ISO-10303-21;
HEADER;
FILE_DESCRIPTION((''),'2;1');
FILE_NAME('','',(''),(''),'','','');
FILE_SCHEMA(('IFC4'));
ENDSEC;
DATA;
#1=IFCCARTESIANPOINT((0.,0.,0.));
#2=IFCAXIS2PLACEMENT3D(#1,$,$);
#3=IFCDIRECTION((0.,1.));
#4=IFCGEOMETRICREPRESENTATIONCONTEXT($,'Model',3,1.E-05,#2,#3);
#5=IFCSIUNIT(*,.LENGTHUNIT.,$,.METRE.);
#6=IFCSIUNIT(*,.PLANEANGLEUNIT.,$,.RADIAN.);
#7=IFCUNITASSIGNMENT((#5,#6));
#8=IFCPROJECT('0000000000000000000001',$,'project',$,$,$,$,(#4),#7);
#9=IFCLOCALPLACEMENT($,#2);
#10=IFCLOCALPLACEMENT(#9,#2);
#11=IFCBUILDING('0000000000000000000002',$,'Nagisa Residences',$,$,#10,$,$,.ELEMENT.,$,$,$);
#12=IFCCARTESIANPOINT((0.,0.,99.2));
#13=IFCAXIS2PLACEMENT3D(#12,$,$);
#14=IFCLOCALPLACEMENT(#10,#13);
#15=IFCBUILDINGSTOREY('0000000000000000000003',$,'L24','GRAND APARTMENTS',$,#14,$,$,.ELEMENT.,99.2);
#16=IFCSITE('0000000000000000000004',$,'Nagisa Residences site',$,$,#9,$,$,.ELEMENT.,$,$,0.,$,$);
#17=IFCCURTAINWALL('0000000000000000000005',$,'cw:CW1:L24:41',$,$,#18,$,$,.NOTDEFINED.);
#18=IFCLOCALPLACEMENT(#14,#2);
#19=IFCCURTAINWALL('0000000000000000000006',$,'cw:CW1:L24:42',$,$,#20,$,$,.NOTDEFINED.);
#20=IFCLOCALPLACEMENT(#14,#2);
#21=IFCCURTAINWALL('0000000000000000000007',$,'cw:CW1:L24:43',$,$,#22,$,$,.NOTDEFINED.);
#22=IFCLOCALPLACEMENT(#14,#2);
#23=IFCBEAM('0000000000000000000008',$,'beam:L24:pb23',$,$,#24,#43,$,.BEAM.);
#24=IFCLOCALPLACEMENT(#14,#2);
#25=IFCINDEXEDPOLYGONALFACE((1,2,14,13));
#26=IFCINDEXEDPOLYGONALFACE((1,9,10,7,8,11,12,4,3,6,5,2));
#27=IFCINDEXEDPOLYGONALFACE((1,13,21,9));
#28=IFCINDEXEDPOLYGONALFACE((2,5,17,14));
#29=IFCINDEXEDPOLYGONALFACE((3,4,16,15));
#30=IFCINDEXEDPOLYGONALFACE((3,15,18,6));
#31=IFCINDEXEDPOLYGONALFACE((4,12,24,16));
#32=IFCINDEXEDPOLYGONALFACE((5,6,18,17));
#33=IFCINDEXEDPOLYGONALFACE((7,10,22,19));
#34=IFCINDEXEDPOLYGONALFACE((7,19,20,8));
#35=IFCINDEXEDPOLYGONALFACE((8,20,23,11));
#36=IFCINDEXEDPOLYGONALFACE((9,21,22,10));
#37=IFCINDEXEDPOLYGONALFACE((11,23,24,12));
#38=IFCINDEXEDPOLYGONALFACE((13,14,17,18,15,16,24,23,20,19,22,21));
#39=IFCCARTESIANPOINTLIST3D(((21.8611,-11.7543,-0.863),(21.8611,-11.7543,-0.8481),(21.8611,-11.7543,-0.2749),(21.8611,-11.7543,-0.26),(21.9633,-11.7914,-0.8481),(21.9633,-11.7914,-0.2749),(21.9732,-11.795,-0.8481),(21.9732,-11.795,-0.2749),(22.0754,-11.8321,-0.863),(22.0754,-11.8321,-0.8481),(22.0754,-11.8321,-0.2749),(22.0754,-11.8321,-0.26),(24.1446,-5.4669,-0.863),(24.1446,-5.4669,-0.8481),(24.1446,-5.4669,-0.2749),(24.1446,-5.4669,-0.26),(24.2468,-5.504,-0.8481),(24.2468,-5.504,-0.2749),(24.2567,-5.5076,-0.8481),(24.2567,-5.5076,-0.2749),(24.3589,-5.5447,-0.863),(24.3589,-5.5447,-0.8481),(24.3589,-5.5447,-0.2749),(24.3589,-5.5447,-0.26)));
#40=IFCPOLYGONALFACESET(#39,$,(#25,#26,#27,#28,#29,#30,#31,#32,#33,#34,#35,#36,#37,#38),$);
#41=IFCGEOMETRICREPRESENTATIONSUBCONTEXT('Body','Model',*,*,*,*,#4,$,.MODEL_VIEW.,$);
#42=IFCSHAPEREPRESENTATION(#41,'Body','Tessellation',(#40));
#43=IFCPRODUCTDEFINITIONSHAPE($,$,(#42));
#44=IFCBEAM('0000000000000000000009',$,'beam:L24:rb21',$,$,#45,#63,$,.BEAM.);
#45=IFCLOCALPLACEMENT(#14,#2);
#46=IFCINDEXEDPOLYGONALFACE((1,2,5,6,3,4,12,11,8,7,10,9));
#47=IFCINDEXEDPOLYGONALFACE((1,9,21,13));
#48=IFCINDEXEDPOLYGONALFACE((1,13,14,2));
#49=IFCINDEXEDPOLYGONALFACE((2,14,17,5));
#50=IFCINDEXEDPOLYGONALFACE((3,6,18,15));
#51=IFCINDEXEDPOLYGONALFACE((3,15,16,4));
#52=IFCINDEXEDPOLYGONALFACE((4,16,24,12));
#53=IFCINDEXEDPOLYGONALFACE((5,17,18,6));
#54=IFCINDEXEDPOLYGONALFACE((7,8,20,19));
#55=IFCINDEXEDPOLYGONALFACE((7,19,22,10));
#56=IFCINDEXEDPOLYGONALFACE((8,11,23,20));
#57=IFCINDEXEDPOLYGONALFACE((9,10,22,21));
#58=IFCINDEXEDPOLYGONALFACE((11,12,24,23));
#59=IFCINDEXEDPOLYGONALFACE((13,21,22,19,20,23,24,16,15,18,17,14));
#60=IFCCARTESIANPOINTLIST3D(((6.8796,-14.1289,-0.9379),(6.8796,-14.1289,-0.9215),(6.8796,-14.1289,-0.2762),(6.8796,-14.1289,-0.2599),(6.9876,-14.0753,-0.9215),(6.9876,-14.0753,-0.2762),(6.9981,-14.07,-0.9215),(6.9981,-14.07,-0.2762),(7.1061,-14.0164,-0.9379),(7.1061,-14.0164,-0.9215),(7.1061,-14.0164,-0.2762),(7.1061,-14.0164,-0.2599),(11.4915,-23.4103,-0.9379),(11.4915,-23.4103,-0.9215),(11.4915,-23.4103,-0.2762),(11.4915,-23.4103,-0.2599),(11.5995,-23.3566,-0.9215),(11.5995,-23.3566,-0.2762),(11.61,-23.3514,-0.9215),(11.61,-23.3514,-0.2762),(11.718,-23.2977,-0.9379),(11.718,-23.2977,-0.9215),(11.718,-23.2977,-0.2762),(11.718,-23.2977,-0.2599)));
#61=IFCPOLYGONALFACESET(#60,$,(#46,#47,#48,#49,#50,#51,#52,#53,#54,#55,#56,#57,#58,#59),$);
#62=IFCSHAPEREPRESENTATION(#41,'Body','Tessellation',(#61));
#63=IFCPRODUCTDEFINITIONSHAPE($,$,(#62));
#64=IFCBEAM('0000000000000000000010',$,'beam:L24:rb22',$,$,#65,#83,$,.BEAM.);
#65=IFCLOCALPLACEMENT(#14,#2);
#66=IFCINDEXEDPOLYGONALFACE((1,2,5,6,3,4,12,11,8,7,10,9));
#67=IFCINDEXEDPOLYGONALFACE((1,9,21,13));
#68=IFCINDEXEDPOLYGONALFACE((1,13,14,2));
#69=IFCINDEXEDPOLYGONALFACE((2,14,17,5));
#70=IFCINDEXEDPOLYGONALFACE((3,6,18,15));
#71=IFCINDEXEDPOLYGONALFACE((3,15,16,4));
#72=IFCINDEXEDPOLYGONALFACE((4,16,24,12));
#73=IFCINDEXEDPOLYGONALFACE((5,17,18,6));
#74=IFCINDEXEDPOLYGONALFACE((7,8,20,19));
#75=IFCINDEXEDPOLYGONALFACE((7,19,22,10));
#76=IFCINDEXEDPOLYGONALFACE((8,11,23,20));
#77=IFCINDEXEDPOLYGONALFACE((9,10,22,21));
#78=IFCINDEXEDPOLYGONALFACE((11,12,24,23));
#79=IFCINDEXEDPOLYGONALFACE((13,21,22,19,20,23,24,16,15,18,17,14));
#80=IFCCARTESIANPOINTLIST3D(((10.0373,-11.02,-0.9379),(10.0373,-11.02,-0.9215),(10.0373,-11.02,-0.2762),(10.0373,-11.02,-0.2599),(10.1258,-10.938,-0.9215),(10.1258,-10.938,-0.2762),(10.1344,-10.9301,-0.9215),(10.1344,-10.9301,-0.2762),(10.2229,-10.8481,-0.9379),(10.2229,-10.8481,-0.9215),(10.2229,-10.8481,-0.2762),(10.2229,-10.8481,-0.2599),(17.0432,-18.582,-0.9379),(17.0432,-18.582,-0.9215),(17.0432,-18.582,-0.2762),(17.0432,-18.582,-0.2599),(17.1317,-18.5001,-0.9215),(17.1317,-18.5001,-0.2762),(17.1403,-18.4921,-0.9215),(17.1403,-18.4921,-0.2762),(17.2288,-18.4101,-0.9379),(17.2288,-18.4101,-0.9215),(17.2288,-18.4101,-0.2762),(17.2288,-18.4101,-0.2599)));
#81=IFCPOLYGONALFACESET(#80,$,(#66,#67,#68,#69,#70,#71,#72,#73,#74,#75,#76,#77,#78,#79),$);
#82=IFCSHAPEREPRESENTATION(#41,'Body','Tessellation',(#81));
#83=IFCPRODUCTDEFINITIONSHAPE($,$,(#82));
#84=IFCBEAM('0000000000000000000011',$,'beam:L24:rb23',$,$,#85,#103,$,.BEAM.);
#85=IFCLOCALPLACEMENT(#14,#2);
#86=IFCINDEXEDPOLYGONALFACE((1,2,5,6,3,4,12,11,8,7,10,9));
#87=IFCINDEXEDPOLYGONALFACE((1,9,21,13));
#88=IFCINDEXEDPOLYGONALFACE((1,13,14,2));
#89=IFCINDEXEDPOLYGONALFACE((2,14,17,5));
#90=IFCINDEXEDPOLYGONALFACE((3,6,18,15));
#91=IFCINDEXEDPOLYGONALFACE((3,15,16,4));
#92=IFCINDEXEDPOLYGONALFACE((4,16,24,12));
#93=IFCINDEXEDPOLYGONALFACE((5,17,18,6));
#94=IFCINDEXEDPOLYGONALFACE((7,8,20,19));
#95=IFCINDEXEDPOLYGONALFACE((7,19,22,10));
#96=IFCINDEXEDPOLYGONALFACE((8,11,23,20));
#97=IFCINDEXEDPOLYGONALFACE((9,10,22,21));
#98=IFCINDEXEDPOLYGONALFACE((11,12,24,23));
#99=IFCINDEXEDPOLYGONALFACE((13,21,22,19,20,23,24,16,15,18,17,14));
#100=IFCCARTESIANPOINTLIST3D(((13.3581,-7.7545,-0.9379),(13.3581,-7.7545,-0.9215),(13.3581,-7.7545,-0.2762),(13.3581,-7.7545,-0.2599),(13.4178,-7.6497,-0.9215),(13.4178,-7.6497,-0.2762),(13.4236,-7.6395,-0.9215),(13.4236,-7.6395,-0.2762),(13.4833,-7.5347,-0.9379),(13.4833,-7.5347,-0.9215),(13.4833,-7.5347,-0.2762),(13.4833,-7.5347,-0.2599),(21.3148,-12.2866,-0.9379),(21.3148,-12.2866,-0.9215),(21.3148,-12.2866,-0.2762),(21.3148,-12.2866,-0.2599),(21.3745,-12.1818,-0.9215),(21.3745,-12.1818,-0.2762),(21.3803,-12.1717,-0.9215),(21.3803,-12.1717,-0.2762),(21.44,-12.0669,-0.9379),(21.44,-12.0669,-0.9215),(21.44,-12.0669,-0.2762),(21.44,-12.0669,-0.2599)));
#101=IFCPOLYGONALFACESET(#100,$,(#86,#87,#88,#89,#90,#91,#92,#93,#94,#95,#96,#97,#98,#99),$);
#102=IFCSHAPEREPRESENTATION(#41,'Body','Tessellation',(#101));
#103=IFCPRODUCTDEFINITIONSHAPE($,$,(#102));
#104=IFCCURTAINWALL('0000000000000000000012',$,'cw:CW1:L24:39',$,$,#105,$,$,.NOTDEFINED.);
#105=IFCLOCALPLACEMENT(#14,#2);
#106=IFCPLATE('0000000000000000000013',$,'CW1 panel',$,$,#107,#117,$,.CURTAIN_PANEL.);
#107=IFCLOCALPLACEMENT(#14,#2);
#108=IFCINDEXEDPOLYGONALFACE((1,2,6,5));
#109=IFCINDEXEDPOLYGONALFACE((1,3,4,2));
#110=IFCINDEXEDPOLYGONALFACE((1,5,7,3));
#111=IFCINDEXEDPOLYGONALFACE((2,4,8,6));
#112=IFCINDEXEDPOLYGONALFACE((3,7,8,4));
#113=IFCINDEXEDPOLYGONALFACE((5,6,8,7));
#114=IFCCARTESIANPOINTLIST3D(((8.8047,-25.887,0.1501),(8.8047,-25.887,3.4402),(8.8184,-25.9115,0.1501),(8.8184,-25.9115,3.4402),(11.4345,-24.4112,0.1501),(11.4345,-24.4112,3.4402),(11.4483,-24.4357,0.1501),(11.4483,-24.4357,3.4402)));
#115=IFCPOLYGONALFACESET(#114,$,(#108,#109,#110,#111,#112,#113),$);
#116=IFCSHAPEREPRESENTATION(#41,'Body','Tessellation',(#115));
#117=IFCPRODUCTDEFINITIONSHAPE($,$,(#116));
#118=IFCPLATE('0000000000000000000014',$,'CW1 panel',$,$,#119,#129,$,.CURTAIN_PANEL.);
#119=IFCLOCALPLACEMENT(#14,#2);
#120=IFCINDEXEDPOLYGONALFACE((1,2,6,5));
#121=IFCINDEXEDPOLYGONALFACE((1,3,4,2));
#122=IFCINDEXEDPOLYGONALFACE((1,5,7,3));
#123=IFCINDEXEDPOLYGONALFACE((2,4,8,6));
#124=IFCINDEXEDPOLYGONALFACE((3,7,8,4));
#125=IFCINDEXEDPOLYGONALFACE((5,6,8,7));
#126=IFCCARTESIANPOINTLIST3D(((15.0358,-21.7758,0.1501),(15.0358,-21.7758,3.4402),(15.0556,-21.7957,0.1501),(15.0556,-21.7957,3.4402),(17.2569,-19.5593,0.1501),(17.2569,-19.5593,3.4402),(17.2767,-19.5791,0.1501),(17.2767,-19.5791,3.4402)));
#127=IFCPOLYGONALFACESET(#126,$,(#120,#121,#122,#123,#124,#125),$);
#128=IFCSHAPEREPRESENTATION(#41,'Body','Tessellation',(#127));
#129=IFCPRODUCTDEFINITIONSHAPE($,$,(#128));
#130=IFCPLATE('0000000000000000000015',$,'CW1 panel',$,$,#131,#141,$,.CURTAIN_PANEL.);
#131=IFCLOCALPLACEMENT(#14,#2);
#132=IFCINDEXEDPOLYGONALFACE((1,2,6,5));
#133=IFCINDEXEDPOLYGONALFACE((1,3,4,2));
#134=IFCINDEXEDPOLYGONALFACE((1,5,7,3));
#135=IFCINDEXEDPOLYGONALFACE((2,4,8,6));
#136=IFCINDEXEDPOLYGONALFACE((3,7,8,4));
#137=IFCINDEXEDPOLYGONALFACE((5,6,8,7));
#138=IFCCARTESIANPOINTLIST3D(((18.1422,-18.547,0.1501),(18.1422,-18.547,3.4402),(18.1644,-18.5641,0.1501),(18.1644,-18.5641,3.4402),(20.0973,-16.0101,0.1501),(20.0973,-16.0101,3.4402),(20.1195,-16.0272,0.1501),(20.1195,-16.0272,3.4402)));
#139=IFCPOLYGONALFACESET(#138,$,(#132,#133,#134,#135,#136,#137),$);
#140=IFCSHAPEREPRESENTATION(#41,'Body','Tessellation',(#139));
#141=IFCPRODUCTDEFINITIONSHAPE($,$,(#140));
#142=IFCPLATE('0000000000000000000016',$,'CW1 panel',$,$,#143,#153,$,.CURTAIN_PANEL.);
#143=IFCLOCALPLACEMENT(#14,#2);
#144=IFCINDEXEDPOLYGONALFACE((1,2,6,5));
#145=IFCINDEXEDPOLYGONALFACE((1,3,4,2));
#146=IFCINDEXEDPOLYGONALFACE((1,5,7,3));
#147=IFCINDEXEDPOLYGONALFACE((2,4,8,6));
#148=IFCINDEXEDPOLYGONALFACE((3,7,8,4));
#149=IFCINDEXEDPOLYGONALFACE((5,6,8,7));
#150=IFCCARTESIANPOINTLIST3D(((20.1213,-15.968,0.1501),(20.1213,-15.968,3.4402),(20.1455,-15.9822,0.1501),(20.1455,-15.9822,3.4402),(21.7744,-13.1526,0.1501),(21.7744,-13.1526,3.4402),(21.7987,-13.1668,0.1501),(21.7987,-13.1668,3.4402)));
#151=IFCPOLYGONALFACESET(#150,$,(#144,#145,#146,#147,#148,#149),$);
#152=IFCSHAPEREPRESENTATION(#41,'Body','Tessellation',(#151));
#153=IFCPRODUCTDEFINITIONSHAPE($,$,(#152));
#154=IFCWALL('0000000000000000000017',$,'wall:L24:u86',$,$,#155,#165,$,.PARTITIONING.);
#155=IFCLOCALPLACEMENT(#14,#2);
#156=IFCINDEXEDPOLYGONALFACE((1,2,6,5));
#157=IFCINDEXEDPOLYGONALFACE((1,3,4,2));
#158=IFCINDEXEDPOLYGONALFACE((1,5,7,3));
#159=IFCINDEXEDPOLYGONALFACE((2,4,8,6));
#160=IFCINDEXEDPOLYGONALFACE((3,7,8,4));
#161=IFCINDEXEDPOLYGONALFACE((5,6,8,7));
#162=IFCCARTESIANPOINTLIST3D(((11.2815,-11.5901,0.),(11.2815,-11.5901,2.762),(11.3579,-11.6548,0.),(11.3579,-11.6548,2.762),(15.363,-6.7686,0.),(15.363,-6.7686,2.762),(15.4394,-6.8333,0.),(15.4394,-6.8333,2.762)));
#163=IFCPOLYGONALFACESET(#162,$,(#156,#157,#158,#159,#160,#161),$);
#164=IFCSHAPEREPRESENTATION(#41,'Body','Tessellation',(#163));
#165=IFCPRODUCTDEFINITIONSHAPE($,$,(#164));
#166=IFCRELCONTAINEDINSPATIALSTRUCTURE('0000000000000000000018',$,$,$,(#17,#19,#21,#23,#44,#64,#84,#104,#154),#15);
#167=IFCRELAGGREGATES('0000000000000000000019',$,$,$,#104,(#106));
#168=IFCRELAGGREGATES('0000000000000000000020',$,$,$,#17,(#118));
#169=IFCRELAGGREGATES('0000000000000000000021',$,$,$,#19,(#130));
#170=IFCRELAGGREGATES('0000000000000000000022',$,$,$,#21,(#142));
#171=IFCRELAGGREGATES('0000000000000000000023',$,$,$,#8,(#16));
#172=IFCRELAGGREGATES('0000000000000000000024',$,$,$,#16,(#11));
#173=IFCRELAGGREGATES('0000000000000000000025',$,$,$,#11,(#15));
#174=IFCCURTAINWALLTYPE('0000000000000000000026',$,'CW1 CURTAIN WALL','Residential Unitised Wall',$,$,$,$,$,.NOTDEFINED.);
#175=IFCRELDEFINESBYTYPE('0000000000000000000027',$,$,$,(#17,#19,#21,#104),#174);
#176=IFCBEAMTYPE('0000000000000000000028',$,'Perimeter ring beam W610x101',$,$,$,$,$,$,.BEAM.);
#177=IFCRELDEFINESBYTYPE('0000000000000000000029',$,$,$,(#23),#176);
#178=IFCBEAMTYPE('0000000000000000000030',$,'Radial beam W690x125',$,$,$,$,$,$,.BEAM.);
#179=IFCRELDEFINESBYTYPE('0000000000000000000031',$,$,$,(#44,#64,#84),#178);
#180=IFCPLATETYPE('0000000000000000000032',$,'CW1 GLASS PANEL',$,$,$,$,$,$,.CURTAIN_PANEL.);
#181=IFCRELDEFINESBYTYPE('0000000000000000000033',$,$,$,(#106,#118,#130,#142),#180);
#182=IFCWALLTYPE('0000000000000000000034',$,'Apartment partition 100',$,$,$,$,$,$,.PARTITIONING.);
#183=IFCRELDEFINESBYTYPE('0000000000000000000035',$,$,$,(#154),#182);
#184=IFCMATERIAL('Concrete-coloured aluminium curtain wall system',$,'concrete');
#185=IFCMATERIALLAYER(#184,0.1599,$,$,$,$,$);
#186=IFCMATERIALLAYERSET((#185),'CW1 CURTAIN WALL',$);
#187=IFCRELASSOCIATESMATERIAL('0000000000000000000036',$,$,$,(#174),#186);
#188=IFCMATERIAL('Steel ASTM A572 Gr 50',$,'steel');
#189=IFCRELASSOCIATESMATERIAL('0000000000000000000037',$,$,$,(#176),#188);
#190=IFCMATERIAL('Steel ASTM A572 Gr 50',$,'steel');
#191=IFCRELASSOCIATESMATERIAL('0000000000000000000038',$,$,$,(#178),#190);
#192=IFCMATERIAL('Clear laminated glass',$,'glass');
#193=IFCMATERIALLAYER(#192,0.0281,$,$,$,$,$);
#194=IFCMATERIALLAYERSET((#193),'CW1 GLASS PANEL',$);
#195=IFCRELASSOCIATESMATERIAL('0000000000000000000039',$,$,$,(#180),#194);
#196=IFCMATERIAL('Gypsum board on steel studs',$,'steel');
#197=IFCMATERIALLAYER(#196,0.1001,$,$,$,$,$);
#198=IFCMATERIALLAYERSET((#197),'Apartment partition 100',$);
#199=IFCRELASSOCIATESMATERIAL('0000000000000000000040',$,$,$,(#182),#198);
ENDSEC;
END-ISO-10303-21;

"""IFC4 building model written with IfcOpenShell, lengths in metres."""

from ifc_helpers import new_model, si_unit, direction, frame, frame_2d, origin, origin_2d, place, context, subcontext, project, spatial, rectangle, i_section, extrude, material, layer, layer_set, material_profile, profile_set, type_object, element, aggregate, save


model = new_model("IFC4")

# Units and contexts
model_context = context("Model", 3, precision=1e-05, world=origin(), true_north=direction((0.0, 1.0)))
body_context = subcontext(model_context, "Body", "Model", "MODEL_VIEW")
ifc_project = project(units=[si_unit("LENGTHUNIT", "METRE"), si_unit("PLANEANGLEUNIT", "RADIAN")], contexts=[model_context])

# Site, building, storey
site_placement = place(None, origin())
site = spatial("IfcSite", under=ifc_project, at=site_placement, Name="Nagisa Residences site", CompositionType="ELEMENT", RefElevation=0.0)
building_placement = place(site_placement, origin())
building = spatial("IfcBuilding", under=site, at=building_placement, Name="Nagisa Residences", CompositionType="ELEMENT")
storey_placement = place(building_placement, frame((0.0, 0.0, 99.2)))
storey = spatial("IfcBuildingStorey", under=building, at=storey_placement, Name="L24", Description="GRAND APARTMENTS", CompositionType="ELEMENT", Elevation=99.2)

# Curtain walls
ifc_material_1 = material(Name="Concrete-coloured aluminium curtain wall system", Category="concrete")
ifc_layer_1 = layer(ifc_material_1, 0.1599)
ifc_layer_set_1 = layer_set([ifc_layer_1], Name="CW1 CURTAIN WALL")
curtain_wall_type = type_object("IfcCurtainWallType", Name="CW1 CURTAIN WALL", Description="Residential Unitised Wall", PredefinedType="NOTDEFINED", material=ifc_layer_set_1)
curtain_wall_1_placement = place(storey_placement, origin())
curtain_wall_1 = element("IfcCurtainWall", 1, at=curtain_wall_1_placement, inside=storey, type_object=curtain_wall_type, Name="cw:CW1:L24:41", PredefinedType="NOTDEFINED")
curtain_wall_2_placement = place(storey_placement, origin())
curtain_wall_2 = element("IfcCurtainWall", 2, at=curtain_wall_2_placement, inside=storey, type_object=curtain_wall_type, Name="cw:CW1:L24:42", PredefinedType="NOTDEFINED")
curtain_wall_3_placement = place(storey_placement, origin())
curtain_wall_3 = element("IfcCurtainWall", 3, at=curtain_wall_3_placement, inside=storey, type_object=curtain_wall_type, Name="cw:CW1:L24:43", PredefinedType="NOTDEFINED")

# Beams
ifc_material_2 = material(Name="Steel ASTM A572 Gr 50", Category="steel")
ifc_material_profile_1 = material_profile(ifc_material_2, i_section(OverallWidth=0.228, OverallDepth=0.603, WebThickness=0.0105, FlangeThickness=0.0149, at=origin_2d()), Name="W610x101")
ifc_profile_set_1 = profile_set([ifc_material_profile_1], Name="Steel ASTM A572 Gr 50")
beam_type_1 = type_object("IfcBeamType", Name="Perimeter ring beam W610x101", PredefinedType="BEAM", material=ifc_profile_set_1)
beam_1_placement = place(storey_placement, frame((21.9683, -11.7932, -0.5615), z_axis=(0.341365, 0.939931, 0.0), x_axis=(-0.939931, 0.341365, 0.0)))
element("IfcBeam", 4, at=beam_1_placement, inside=storey, type_object=beam_type_1, Name="beam:L24:pb23", PredefinedType="BEAM", context=body_context, shape_type="SweptSolid", body=[
    extrude(i_section(OverallWidth=0.228, OverallDepth=0.603, WebThickness=0.0105, FlangeThickness=0.0149, at=origin_2d()), origin(), (0.0, 0.0, 1.0), 6.6892),
])
ifc_material_3 = material(Name="Steel ASTM A572 Gr 50", Category="steel")
ifc_material_profile_2 = material_profile(ifc_material_3, i_section(OverallWidth=0.2529, OverallDepth=0.678, WebThickness=0.0117, FlangeThickness=0.0164, at=origin_2d()), Name="W690x125")
ifc_profile_set_2 = profile_set([ifc_material_profile_2], Name="Steel ASTM A572 Gr 50")
beam_type_2 = type_object("IfcBeamType", Name="Radial beam W690x125", PredefinedType="BEAM", material=ifc_profile_set_2)
beam_2_placement = place(storey_placement, frame((11.6047, -23.354, -0.5989), z_axis=(-0.444988, 0.895536, 0.0), x_axis=(-0.895536, -0.444988, 0.0)))
element("IfcBeam", 5, at=beam_2_placement, inside=storey, type_object=beam_type_2, Name="beam:L24:rb21", PredefinedType="BEAM", context=body_context, shape_type="SweptSolid", body=[
    extrude(i_section(OverallWidth=0.2529, OverallDepth=0.678, WebThickness=0.0117, FlangeThickness=0.0164, at=origin_2d()), origin(), (0.0, 0.0, 1.0), 10.364),
])
beam_3_placement = place(storey_placement, frame((17.136, -18.4961, -0.5989), z_axis=(-0.679617, 0.733567, 0.0), x_axis=(-0.733567, -0.679617, 0.0)))
element("IfcBeam", 6, at=beam_3_placement, inside=storey, type_object=beam_type_2, Name="beam:L24:rb22", PredefinedType="BEAM", context=body_context, shape_type="SweptSolid", body=[
    extrude(i_section(OverallWidth=0.2529, OverallDepth=0.678, WebThickness=0.0117, FlangeThickness=0.0164, at=origin_2d()), origin(), (0.0, 0.0, 1.0), 10.3086),
])
beam_4_placement = place(storey_placement, frame((21.3774, -12.1768, -0.5989), z_axis=(-0.868925, 0.494944, 0.0), x_axis=(-0.494944, -0.868925, 0.0)))
element("IfcBeam", 7, at=beam_4_placement, inside=storey, type_object=beam_type_2, Name="beam:L24:rb23", PredefinedType="BEAM", context=body_context, shape_type="SweptSolid", body=[
    extrude(i_section(OverallWidth=0.2529, OverallDepth=0.678, WebThickness=0.0117, FlangeThickness=0.0164, at=origin_2d()), origin(), (0.0, 0.0, 1.0), 9.157),
])

# Curtain wall, plate
curtain_wall_4_placement = place(storey_placement, origin())
curtain_wall_4 = element("IfcCurtainWall", 8, at=curtain_wall_4_placement, inside=storey, type_object=curtain_wall_type, Name="cw:CW1:L24:39", PredefinedType="NOTDEFINED")
ifc_material_4 = material(Name="Clear laminated glass", Category="glass")
ifc_layer_2 = layer(ifc_material_4, 0.0281)
ifc_layer_set_2 = layer_set([ifc_layer_2], Name="CW1 GLASS PANEL")
plate_type = type_object("IfcPlateType", Name="CW1 GLASS PANEL", PredefinedType="CURTAIN_PANEL", material=ifc_layer_set_2)
plate_1_placement = place(storey_placement, frame((10.1265, -25.1614, 0.1501), z_axis=(0.0, 0.0, 1.0), x_axis=(0.872072, 0.489377, 0.0)))
plate_1 = element("IfcPlate", 9, at=plate_1_placement, type_object=plate_type, Name="CW1 panel", PredefinedType="CURTAIN_PANEL", context=body_context, shape_type="SweptSolid", body=[
    extrude(rectangle(XDim=3.0156, YDim=0.0281, at=origin_2d()), origin(), (0.0, 0.0, 1.0), 3.29),
])
aggregate(curtain_wall_4, [plate_1])

# Plates
plate_2_placement = place(storey_placement, frame((16.1562, -20.6775, 0.1501), z_axis=(0.0, 0.0, 1.0), x_axis=(0.707836, 0.706377, 0.0)))
plate_2 = element("IfcPlate", 10, at=plate_2_placement, type_object=plate_type, Name="CW1 panel", PredefinedType="CURTAIN_PANEL", context=body_context, shape_type="SweptSolid", body=[
    extrude(rectangle(XDim=3.1379, YDim=0.0281, at=origin_2d()), origin(), (0.0, 0.0, 1.0), 3.29),
])
aggregate(curtain_wall_1, [plate_2])
plate_3_placement = place(storey_placement, frame((19.1309, -17.2871, 0.1501), z_axis=(0.0, 0.0, 1.0), x_axis=(0.61043, 0.79207, 0.0)))
plate_3 = element("IfcPlate", 11, at=plate_3_placement, type_object=plate_type, Name="CW1 panel", PredefinedType="CURTAIN_PANEL", context=body_context, shape_type="SweptSolid", body=[
    extrude(rectangle(XDim=3.2029, YDim=0.0281, at=origin_2d()), origin(), (0.0, 0.0, 1.0), 3.29),
])
aggregate(curtain_wall_2, [plate_3])
plate_4_placement = place(storey_placement, frame((20.96, -14.5674, 0.1501), z_axis=(0.0, 0.0, 1.0), x_axis=(0.506349, 0.862329, 0.0)))
plate_4 = element("IfcPlate", 12, at=plate_4_placement, type_object=plate_type, Name="CW1 panel", PredefinedType="CURTAIN_PANEL", context=body_context, shape_type="SweptSolid", body=[
    extrude(rectangle(XDim=3.2649, YDim=0.0281, at=origin_2d()), origin(), (0.0, 0.0, 1.0), 3.29),
])
aggregate(curtain_wall_3, [plate_4])

# Wall
ifc_material_5 = material(Name="Gypsum board on steel studs", Category="steel")
ifc_layer_3 = layer(ifc_material_5, 0.1001)
ifc_layer_set_3 = layer_set([ifc_layer_3], Name="Apartment partition 100")
wall_type_1 = type_object("IfcWallType", Name="Apartment partition 100", PredefinedType="PARTITIONING", material=ifc_layer_set_3)
wall_1_placement = place(storey_placement, frame((11.3196, -11.6226, 0.0), z_axis=(0.0, 0.0, 1.0), x_axis=(0.646107, 0.763247, 0.0)))
element("IfcWall", 13, at=wall_1_placement, inside=storey, type_object=wall_type_1, Name="wall:L24:u86", PredefinedType="PARTITIONING", context=body_context, shape_type="SweptSolid", body=[
    extrude(rectangle(XDim=6.3171, YDim=0.1001, at=frame_2d((3.1587, 0.0))), origin(), (0.0, 0.0, 1.0), 2.762),
])

save(model, "model.ifc")
